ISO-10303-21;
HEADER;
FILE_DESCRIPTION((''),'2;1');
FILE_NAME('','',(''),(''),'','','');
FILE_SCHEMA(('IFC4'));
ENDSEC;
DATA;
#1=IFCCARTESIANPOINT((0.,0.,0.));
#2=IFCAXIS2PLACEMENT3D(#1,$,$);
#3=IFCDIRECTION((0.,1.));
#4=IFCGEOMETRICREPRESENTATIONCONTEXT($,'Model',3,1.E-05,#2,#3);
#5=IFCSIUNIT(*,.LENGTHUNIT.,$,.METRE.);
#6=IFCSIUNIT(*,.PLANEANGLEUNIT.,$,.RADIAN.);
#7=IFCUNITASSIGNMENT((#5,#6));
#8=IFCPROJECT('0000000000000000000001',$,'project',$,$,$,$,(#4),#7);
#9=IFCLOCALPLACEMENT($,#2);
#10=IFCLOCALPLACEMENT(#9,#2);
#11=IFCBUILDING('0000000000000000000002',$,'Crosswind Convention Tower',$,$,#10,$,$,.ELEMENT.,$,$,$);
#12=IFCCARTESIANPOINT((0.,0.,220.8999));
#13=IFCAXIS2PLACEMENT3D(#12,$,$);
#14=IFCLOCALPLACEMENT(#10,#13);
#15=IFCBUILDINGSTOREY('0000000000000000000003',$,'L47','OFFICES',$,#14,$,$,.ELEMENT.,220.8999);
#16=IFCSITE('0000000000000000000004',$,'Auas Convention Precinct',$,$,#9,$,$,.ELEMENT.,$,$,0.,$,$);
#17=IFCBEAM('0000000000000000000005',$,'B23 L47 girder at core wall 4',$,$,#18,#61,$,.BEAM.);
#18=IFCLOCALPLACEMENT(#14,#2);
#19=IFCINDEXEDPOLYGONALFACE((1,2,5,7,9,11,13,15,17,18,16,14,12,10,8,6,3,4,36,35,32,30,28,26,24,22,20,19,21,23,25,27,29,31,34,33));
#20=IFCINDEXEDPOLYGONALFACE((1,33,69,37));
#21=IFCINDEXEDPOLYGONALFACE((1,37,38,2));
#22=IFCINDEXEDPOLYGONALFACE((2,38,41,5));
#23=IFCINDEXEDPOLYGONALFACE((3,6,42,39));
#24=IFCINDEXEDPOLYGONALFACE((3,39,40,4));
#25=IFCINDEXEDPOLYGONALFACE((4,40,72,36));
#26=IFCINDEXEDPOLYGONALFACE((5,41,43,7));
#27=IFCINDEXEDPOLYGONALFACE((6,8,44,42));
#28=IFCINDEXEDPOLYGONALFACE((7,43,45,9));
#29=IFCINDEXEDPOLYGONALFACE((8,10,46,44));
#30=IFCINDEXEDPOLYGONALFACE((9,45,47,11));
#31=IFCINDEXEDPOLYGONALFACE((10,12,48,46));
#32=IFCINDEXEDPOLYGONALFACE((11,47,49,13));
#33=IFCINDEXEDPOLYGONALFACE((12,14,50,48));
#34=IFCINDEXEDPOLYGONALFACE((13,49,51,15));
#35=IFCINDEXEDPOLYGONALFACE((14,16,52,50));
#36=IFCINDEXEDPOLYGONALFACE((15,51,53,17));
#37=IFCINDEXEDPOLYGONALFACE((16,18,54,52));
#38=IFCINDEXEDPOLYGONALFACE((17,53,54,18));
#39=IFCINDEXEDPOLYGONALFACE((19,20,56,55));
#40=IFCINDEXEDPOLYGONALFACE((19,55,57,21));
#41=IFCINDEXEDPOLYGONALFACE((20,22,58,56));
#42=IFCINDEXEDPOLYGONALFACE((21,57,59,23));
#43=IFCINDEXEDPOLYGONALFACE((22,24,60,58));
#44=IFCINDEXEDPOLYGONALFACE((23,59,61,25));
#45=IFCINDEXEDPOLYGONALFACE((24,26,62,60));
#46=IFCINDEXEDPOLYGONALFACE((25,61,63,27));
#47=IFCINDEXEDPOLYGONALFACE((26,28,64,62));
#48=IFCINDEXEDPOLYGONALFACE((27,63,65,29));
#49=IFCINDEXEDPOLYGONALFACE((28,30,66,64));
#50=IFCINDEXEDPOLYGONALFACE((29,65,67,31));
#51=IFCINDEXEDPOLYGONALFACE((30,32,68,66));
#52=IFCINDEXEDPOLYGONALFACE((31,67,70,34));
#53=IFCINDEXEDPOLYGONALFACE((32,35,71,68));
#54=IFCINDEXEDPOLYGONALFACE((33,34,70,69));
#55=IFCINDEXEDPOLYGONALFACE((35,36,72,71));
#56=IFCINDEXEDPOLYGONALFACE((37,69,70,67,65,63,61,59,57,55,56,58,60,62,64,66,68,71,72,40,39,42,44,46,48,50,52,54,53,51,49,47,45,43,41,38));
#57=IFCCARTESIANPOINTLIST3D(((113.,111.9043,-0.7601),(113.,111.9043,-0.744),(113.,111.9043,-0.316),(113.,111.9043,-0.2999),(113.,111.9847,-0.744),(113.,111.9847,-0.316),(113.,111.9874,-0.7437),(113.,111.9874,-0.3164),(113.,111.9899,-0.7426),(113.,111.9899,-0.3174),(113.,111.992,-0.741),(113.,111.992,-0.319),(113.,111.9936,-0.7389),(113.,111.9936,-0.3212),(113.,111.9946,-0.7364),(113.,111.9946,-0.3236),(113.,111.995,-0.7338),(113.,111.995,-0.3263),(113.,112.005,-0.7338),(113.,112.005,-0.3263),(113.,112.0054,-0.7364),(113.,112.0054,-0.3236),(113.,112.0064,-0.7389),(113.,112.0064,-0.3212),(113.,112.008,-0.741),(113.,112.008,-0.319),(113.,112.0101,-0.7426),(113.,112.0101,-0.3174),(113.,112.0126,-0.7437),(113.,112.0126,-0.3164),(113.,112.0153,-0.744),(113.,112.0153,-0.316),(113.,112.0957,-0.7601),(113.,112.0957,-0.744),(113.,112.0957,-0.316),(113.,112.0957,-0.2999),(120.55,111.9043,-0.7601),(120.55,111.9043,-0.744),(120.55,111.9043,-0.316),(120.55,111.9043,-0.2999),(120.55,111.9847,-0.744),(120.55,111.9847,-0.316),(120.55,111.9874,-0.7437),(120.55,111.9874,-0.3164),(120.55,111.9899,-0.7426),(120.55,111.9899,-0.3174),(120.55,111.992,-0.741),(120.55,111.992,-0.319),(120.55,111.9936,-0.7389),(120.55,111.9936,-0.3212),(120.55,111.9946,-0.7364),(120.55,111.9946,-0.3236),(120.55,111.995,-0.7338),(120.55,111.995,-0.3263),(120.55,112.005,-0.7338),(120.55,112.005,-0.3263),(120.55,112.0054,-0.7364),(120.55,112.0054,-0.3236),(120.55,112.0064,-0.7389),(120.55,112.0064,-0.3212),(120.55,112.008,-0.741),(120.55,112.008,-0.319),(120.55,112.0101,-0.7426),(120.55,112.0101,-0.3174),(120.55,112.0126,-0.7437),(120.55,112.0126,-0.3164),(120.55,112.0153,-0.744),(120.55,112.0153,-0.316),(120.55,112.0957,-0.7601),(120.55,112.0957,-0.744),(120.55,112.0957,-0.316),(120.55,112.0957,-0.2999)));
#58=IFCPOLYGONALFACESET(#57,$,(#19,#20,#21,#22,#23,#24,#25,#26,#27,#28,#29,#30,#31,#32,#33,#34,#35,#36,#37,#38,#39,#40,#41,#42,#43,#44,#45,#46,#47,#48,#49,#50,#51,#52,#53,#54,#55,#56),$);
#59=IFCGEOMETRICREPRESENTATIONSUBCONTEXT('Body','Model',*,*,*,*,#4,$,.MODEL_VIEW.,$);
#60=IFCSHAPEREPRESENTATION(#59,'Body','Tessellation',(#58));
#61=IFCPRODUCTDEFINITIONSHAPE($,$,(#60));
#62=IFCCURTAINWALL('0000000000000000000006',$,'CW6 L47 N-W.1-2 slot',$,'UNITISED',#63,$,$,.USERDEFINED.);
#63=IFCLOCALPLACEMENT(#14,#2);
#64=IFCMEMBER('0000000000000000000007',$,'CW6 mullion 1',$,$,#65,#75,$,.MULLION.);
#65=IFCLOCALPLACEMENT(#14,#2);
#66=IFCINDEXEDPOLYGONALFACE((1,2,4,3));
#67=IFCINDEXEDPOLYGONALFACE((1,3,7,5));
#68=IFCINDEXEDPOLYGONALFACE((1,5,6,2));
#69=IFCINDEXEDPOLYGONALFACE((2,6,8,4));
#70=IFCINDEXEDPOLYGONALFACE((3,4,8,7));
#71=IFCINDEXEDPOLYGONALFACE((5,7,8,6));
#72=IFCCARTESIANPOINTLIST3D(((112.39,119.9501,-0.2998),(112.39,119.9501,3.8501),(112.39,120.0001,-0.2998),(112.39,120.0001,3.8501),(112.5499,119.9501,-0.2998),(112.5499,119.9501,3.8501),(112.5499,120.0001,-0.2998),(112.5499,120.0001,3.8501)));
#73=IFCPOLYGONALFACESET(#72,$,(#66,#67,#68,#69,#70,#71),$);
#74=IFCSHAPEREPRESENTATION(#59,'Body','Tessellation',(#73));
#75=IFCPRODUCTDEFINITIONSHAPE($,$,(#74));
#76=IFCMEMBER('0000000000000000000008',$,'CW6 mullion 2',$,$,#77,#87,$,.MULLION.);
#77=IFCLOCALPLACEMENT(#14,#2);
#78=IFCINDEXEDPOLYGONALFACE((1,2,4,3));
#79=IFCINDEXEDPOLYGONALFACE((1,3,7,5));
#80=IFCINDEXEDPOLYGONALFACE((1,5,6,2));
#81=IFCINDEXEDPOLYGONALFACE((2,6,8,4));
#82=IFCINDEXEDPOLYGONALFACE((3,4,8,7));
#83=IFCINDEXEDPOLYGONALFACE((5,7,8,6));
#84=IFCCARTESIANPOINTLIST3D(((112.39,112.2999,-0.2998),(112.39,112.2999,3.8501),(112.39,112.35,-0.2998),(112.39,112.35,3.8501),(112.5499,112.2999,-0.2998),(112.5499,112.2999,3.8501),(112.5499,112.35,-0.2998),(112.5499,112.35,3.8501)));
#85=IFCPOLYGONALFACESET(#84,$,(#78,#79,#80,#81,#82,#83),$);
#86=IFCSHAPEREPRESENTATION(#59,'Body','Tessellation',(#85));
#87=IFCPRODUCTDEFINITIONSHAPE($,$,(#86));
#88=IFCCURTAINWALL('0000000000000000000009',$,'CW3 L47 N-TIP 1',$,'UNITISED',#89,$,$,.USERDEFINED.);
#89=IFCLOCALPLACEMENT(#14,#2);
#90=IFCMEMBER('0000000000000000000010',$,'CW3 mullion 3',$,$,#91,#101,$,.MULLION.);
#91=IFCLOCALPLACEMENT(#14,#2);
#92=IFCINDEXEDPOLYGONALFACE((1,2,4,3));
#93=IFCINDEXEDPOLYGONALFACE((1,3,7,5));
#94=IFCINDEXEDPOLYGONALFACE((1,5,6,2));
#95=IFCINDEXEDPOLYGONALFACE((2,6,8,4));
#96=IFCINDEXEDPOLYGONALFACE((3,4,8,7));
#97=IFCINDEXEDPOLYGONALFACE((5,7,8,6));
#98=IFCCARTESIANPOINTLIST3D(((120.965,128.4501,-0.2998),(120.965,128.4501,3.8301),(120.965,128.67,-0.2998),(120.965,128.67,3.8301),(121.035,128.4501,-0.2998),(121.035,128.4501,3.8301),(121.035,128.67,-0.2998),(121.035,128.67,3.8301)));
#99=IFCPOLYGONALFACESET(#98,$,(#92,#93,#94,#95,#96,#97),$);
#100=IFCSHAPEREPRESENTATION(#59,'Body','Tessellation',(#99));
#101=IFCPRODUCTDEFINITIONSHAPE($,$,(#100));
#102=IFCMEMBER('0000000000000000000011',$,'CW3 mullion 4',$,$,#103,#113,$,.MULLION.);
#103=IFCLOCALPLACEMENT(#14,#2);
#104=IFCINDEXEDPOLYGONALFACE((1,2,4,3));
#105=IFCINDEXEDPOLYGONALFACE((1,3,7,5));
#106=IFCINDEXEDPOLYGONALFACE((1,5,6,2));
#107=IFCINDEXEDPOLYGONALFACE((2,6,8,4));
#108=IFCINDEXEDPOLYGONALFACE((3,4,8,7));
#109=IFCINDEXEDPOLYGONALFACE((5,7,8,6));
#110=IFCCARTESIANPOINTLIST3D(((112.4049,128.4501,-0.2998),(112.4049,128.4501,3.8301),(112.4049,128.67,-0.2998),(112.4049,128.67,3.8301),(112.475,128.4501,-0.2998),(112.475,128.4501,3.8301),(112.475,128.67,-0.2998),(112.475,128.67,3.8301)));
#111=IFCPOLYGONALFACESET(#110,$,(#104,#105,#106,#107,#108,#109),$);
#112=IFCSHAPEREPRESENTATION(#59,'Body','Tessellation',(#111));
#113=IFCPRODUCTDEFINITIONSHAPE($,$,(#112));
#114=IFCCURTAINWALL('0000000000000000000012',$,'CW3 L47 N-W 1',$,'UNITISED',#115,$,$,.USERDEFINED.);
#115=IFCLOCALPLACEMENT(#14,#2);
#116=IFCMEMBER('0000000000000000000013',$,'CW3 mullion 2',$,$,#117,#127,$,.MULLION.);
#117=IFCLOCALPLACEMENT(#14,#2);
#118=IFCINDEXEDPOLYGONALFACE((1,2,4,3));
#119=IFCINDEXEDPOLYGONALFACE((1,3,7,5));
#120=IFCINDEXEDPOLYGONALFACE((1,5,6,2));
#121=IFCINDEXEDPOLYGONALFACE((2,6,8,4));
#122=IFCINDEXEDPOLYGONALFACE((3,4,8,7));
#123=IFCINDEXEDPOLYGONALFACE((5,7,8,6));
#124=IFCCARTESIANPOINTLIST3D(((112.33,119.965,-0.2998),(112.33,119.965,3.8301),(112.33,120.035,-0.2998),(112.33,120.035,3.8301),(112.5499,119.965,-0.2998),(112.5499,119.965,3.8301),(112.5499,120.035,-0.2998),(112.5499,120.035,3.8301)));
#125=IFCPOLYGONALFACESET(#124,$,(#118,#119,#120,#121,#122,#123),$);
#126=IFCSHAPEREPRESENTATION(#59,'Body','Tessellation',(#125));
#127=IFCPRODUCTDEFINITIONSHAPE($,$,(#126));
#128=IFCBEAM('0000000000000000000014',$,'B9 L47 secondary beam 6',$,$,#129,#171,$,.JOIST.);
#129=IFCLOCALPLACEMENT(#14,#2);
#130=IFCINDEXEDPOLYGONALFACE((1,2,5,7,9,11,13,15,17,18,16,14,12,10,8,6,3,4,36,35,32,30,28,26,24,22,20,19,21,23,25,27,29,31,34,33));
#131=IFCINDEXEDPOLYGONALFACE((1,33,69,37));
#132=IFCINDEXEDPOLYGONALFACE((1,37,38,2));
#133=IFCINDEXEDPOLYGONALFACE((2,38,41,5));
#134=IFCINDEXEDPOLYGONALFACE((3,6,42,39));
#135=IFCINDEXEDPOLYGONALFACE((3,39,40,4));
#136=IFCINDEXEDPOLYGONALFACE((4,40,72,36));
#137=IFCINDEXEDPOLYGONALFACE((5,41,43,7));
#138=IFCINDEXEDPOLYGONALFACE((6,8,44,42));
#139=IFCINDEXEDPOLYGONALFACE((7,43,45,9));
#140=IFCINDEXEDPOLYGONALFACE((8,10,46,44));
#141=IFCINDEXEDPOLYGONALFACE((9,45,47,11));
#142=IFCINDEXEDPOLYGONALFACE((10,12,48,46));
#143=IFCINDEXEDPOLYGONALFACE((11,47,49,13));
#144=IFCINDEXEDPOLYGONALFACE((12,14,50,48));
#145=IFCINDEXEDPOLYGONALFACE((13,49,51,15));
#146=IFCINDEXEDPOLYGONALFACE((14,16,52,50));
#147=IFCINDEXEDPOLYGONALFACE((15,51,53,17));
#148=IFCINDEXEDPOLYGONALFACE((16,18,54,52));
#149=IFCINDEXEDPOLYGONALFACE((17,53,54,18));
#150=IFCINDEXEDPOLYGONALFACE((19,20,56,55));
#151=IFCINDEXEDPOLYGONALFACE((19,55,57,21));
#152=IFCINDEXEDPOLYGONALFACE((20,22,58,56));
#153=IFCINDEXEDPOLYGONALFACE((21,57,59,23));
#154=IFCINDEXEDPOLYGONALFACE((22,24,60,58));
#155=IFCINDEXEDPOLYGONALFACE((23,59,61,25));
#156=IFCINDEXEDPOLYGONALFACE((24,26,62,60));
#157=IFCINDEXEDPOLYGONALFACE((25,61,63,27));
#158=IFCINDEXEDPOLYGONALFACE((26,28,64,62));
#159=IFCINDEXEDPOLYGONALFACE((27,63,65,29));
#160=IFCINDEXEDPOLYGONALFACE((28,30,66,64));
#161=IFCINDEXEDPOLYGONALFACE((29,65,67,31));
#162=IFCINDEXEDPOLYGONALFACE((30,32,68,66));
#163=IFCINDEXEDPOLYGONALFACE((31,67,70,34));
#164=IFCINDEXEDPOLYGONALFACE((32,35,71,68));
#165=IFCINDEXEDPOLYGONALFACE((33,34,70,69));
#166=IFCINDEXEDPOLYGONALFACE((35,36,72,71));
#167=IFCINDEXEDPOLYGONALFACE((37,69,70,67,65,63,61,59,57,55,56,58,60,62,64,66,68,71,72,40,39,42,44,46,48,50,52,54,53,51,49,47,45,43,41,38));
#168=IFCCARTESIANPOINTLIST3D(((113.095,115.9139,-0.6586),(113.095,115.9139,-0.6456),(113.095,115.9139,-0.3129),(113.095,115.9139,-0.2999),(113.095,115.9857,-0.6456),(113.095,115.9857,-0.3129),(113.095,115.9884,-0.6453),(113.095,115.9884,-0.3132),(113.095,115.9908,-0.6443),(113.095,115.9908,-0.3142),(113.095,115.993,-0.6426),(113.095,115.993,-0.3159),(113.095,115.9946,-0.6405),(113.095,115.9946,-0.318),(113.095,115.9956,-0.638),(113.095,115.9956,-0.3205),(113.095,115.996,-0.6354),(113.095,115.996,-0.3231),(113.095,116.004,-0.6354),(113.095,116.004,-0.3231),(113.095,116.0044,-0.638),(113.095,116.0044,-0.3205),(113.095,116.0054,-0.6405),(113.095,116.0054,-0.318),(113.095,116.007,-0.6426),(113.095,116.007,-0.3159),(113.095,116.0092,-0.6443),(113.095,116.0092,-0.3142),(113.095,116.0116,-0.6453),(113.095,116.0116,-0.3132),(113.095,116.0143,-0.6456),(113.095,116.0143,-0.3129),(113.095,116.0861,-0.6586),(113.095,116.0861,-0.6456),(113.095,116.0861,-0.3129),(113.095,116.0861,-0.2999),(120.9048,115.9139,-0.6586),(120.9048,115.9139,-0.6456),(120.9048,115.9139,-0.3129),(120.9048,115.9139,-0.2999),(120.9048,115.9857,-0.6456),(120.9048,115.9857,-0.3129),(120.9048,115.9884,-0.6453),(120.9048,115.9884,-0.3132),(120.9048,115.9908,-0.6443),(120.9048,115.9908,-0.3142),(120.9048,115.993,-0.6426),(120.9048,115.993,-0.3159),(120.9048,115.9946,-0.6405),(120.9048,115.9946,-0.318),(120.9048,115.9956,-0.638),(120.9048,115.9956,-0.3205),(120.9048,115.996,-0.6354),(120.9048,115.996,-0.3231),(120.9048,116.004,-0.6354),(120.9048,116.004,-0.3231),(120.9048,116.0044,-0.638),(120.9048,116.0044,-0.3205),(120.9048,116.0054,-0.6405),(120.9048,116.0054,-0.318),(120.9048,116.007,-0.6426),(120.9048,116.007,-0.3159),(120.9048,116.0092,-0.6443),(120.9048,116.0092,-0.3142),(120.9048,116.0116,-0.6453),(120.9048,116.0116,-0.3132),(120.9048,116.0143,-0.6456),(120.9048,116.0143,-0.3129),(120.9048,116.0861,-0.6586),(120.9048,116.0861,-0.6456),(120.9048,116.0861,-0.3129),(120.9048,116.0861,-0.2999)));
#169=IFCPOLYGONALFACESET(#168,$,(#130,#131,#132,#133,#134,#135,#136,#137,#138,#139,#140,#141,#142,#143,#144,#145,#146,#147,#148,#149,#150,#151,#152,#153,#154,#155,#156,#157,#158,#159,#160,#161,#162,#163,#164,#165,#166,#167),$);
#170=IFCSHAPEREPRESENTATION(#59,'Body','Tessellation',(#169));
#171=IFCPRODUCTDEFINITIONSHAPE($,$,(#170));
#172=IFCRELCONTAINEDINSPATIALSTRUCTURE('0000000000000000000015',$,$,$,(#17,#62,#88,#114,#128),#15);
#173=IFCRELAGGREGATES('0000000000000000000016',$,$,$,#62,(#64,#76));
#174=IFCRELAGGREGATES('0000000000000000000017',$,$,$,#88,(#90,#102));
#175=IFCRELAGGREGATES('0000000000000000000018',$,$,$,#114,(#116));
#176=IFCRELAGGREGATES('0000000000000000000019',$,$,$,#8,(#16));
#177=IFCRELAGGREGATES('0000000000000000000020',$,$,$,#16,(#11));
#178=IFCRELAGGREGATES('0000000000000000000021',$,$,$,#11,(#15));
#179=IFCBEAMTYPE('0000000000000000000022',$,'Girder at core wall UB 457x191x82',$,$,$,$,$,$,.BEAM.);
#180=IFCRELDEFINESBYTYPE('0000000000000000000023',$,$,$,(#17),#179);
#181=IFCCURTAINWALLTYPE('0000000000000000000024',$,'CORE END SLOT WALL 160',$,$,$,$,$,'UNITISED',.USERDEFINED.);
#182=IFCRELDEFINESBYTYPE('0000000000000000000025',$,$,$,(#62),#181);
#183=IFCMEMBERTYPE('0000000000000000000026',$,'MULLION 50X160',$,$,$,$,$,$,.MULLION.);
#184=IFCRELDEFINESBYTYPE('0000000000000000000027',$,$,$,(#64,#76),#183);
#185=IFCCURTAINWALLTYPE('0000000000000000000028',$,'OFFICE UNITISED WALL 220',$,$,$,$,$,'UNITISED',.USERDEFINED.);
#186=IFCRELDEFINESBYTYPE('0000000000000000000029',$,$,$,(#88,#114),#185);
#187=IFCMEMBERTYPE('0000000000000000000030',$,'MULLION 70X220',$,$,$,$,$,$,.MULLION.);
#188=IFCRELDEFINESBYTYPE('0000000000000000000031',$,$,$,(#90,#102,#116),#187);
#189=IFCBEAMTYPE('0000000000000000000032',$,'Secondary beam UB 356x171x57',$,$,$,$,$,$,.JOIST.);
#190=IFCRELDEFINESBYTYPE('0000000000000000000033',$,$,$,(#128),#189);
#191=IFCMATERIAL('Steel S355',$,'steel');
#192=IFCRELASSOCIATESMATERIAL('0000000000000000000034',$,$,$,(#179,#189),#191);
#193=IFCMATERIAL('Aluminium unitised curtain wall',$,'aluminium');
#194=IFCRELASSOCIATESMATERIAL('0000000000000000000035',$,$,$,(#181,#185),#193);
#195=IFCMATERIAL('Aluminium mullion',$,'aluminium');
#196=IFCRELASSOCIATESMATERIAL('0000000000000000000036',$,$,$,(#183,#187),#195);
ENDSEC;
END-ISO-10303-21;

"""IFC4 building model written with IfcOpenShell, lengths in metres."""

from ifc_helpers import new_model, si_unit, direction, frame, origin, origin_2d, place, context, subcontext, project, spatial, rectangle, i_section, extrude, material, material_profile, profile_set, type_object, element, aggregate, save


model = new_model("IFC4")

# Units and contexts
model_context = context("Model", 3, precision=1e-05, world=origin(), true_north=direction((0.0, 1.0)))
body_context = subcontext(model_context, "Body", "Model", "MODEL_VIEW")
ifc_project = project(units=[si_unit("LENGTHUNIT", "METRE"), si_unit("PLANEANGLEUNIT", "RADIAN")], contexts=[model_context])

# Site, building, storey
site_placement = place(None, origin())
site = spatial("IfcSite", under=ifc_project, at=site_placement, Name="Auas Convention Precinct", CompositionType="ELEMENT", RefElevation=0.0)
building_placement = place(site_placement, origin())
building = spatial("IfcBuilding", under=site, at=building_placement, Name="Crosswind Convention Tower", CompositionType="ELEMENT")
storey_placement = place(building_placement, frame((0.0, 0.0, 220.8999)))
storey = spatial("IfcBuildingStorey", under=building, at=storey_placement, Name="L47", Description="OFFICES", CompositionType="ELEMENT", Elevation=220.8999)

# Beam
ifc_material_1 = material(Name="Steel S355", Category="steel")
ifc_material_profile_1 = material_profile(ifc_material_1, i_section(OverallWidth=0.1914, OverallDepth=0.4602, WebThickness=0.01, FlangeThickness=0.0161, FilletRadius=0.0103, at=origin_2d()), Name="UB 457x191x82")
ifc_profile_set_1 = profile_set([ifc_material_profile_1], Name="Steel S355")
beam_type_1 = type_object("IfcBeamType", Name="Girder at core wall UB 457x191x82", PredefinedType="BEAM", material=ifc_profile_set_1)
beam_1_placement = place(storey_placement, frame((113.0, 112.0, -0.53), z_axis=(1.0, 0.0, 0.0), x_axis=(0.0, 1.0, 0.0)))
element("IfcBeam", 1, at=beam_1_placement, inside=storey, type_object=beam_type_1, Name="B23 L47 girder at core wall 4", PredefinedType="BEAM", context=body_context, shape_type="SweptSolid", body=[
    extrude(i_section(OverallWidth=0.1914, OverallDepth=0.4602, WebThickness=0.01, FlangeThickness=0.0161, FilletRadius=0.0103, at=origin_2d()), origin(), (0.0, 0.0, 1.0), 7.55),
])

# Curtain walls, members
ifc_material_2 = material(Name="Aluminium unitised curtain wall", Category="aluminium")
curtain_wall_type_1 = type_object("IfcCurtainWallType", Name="CORE END SLOT WALL 160", ElementType="UNITISED", PredefinedType="USERDEFINED", material=ifc_material_2)
curtain_wall_1_placement = place(storey_placement, origin())
curtain_wall_1 = element("IfcCurtainWall", 2, at=curtain_wall_1_placement, inside=storey, type_object=curtain_wall_type_1, Name="CW6 L47 N-W.1-2 slot", ObjectType="UNITISED", PredefinedType="USERDEFINED")
ifc_material_3 = material(Name="Aluminium mullion", Category="aluminium")
ifc_material_profile_2 = material_profile(ifc_material_3, rectangle(XDim=0.1599, YDim=0.05, at=origin_2d()), Name="AL 160X50")
ifc_profile_set_2 = profile_set([ifc_material_profile_2], Name="Aluminium mullion")
member_type_1 = type_object("IfcMemberType", Name="MULLION 50X160", PredefinedType="MULLION", material=ifc_profile_set_2)
member_1_placement = place(storey_placement, frame((112.47, 119.9751, -0.2998), z_axis=(0.0, 0.0, 1.0), x_axis=(-1.0, 0.0, 0.0)))
member_1 = element("IfcMember", 3, at=member_1_placement, type_object=member_type_1, Name="CW6 mullion 1", PredefinedType="MULLION", context=body_context, shape_type="SweptSolid", body=[
    extrude(rectangle(XDim=0.1599, YDim=0.05, at=origin_2d()), origin(), (0.0, 0.0, 1.0), 4.1499),
])
member_2_placement = place(storey_placement, frame((112.47, 112.325, -0.2998), z_axis=(0.0, 0.0, 1.0), x_axis=(-1.0, 0.0, 0.0)))
member_2 = element("IfcMember", 4, at=member_2_placement, type_object=member_type_1, Name="CW6 mullion 2", PredefinedType="MULLION", context=body_context, shape_type="SweptSolid", body=[
    extrude(rectangle(XDim=0.1599, YDim=0.05, at=origin_2d()), origin(), (0.0, 0.0, 1.0), 4.1499),
])
curtain_wall_type_2 = type_object("IfcCurtainWallType", Name="OFFICE UNITISED WALL 220", ElementType="UNITISED", PredefinedType="USERDEFINED", material=ifc_material_2)
curtain_wall_2_placement = place(storey_placement, origin())
curtain_wall_2 = element("IfcCurtainWall", 5, at=curtain_wall_2_placement, inside=storey, type_object=curtain_wall_type_2, Name="CW3 L47 N-TIP 1", ObjectType="UNITISED", PredefinedType="USERDEFINED")
ifc_material_profile_3 = material_profile(ifc_material_3, rectangle(XDim=0.22, YDim=0.0701, at=origin_2d()), Name="AL 220X70")
ifc_profile_set_3 = profile_set([ifc_material_profile_3], Name="Aluminium mullion")
member_type_2 = type_object("IfcMemberType", Name="MULLION 70X220", PredefinedType="MULLION", material=ifc_profile_set_3)
member_3_placement = place(storey_placement, frame((121.0, 128.5601, -0.2998), z_axis=(0.0, 0.0, 1.0), x_axis=(0.0, 1.0, 0.0)))
member_3 = element("IfcMember", 6, at=member_3_placement, type_object=member_type_2, Name="CW3 mullion 3", PredefinedType="MULLION", context=body_context, shape_type="SweptSolid", body=[
    extrude(rectangle(XDim=0.22, YDim=0.0701, at=origin_2d()), origin(), (0.0, 0.0, 1.0), 4.1299),
])
member_4_placement = place(storey_placement, frame((112.4399, 128.5601, -0.2998), z_axis=(0.0, 0.0, 1.0), x_axis=(0.0, 1.0, 0.0)))
member_4 = element("IfcMember", 7, at=member_4_placement, type_object=member_type_2, Name="CW3 mullion 4", PredefinedType="MULLION", context=body_context, shape_type="SweptSolid", body=[
    extrude(rectangle(XDim=0.22, YDim=0.0701, at=origin_2d()), origin(), (0.0, 0.0, 1.0), 4.1299),
])

# Curtain wall, member
curtain_wall_3_placement = place(storey_placement, origin())
curtain_wall_3 = element("IfcCurtainWall", 8, at=curtain_wall_3_placement, inside=storey, type_object=curtain_wall_type_2, Name="CW3 L47 N-W 1", ObjectType="UNITISED", PredefinedType="USERDEFINED")
member_5_placement = place(storey_placement, frame((112.4399, 120.0, -0.2998), z_axis=(0.0, 0.0, 1.0), x_axis=(-1.0, 0.0, 0.0)))
member_5 = element("IfcMember", 9, at=member_5_placement, type_object=member_type_2, Name="CW3 mullion 2", PredefinedType="MULLION", context=body_context, shape_type="SweptSolid", body=[
    extrude(rectangle(XDim=0.22, YDim=0.0701, at=origin_2d()), origin(), (0.0, 0.0, 1.0), 4.1299),
])

# Beam
ifc_material_profile_4 = material_profile(ifc_material_1, i_section(OverallWidth=0.1721, OverallDepth=0.3586, WebThickness=0.0081, FlangeThickness=0.0129, FilletRadius=0.0103, at=origin_2d()), Name="UB 356x171x57")
ifc_profile_set_4 = profile_set([ifc_material_profile_4], Name="Steel S355")
beam_type_2 = type_object("IfcBeamType", Name="Secondary beam UB 356x171x57", PredefinedType="JOIST", material=ifc_profile_set_4)
for number, where, z_axis, x_axis, name in (
    (10, (113.095, 116.0, -0.4792), (1.0, 0.0, 0.0), (0.0, 1.0, 0.0), "B9 L47 secondary beam 6"),
):
    element("IfcBeam", number, at=place(storey_placement, frame(where, z_axis=z_axis, x_axis=x_axis)), inside=storey, type_object=beam_type_2, Name=name, PredefinedType="JOIST", context=body_context, shape_type="SweptSolid", body=[
        extrude(i_section(OverallWidth=0.1721, OverallDepth=0.3586, WebThickness=0.0081, FlangeThickness=0.0129, FilletRadius=0.0103, at=origin_2d()), origin(), (0.0, 0.0, 1.0), 7.8098),
    ])

aggregate(curtain_wall_1, [member_1, member_2])
aggregate(curtain_wall_2, [member_3, member_4])

aggregate(curtain_wall_3, [member_5])

save(model, "model.ifc")
